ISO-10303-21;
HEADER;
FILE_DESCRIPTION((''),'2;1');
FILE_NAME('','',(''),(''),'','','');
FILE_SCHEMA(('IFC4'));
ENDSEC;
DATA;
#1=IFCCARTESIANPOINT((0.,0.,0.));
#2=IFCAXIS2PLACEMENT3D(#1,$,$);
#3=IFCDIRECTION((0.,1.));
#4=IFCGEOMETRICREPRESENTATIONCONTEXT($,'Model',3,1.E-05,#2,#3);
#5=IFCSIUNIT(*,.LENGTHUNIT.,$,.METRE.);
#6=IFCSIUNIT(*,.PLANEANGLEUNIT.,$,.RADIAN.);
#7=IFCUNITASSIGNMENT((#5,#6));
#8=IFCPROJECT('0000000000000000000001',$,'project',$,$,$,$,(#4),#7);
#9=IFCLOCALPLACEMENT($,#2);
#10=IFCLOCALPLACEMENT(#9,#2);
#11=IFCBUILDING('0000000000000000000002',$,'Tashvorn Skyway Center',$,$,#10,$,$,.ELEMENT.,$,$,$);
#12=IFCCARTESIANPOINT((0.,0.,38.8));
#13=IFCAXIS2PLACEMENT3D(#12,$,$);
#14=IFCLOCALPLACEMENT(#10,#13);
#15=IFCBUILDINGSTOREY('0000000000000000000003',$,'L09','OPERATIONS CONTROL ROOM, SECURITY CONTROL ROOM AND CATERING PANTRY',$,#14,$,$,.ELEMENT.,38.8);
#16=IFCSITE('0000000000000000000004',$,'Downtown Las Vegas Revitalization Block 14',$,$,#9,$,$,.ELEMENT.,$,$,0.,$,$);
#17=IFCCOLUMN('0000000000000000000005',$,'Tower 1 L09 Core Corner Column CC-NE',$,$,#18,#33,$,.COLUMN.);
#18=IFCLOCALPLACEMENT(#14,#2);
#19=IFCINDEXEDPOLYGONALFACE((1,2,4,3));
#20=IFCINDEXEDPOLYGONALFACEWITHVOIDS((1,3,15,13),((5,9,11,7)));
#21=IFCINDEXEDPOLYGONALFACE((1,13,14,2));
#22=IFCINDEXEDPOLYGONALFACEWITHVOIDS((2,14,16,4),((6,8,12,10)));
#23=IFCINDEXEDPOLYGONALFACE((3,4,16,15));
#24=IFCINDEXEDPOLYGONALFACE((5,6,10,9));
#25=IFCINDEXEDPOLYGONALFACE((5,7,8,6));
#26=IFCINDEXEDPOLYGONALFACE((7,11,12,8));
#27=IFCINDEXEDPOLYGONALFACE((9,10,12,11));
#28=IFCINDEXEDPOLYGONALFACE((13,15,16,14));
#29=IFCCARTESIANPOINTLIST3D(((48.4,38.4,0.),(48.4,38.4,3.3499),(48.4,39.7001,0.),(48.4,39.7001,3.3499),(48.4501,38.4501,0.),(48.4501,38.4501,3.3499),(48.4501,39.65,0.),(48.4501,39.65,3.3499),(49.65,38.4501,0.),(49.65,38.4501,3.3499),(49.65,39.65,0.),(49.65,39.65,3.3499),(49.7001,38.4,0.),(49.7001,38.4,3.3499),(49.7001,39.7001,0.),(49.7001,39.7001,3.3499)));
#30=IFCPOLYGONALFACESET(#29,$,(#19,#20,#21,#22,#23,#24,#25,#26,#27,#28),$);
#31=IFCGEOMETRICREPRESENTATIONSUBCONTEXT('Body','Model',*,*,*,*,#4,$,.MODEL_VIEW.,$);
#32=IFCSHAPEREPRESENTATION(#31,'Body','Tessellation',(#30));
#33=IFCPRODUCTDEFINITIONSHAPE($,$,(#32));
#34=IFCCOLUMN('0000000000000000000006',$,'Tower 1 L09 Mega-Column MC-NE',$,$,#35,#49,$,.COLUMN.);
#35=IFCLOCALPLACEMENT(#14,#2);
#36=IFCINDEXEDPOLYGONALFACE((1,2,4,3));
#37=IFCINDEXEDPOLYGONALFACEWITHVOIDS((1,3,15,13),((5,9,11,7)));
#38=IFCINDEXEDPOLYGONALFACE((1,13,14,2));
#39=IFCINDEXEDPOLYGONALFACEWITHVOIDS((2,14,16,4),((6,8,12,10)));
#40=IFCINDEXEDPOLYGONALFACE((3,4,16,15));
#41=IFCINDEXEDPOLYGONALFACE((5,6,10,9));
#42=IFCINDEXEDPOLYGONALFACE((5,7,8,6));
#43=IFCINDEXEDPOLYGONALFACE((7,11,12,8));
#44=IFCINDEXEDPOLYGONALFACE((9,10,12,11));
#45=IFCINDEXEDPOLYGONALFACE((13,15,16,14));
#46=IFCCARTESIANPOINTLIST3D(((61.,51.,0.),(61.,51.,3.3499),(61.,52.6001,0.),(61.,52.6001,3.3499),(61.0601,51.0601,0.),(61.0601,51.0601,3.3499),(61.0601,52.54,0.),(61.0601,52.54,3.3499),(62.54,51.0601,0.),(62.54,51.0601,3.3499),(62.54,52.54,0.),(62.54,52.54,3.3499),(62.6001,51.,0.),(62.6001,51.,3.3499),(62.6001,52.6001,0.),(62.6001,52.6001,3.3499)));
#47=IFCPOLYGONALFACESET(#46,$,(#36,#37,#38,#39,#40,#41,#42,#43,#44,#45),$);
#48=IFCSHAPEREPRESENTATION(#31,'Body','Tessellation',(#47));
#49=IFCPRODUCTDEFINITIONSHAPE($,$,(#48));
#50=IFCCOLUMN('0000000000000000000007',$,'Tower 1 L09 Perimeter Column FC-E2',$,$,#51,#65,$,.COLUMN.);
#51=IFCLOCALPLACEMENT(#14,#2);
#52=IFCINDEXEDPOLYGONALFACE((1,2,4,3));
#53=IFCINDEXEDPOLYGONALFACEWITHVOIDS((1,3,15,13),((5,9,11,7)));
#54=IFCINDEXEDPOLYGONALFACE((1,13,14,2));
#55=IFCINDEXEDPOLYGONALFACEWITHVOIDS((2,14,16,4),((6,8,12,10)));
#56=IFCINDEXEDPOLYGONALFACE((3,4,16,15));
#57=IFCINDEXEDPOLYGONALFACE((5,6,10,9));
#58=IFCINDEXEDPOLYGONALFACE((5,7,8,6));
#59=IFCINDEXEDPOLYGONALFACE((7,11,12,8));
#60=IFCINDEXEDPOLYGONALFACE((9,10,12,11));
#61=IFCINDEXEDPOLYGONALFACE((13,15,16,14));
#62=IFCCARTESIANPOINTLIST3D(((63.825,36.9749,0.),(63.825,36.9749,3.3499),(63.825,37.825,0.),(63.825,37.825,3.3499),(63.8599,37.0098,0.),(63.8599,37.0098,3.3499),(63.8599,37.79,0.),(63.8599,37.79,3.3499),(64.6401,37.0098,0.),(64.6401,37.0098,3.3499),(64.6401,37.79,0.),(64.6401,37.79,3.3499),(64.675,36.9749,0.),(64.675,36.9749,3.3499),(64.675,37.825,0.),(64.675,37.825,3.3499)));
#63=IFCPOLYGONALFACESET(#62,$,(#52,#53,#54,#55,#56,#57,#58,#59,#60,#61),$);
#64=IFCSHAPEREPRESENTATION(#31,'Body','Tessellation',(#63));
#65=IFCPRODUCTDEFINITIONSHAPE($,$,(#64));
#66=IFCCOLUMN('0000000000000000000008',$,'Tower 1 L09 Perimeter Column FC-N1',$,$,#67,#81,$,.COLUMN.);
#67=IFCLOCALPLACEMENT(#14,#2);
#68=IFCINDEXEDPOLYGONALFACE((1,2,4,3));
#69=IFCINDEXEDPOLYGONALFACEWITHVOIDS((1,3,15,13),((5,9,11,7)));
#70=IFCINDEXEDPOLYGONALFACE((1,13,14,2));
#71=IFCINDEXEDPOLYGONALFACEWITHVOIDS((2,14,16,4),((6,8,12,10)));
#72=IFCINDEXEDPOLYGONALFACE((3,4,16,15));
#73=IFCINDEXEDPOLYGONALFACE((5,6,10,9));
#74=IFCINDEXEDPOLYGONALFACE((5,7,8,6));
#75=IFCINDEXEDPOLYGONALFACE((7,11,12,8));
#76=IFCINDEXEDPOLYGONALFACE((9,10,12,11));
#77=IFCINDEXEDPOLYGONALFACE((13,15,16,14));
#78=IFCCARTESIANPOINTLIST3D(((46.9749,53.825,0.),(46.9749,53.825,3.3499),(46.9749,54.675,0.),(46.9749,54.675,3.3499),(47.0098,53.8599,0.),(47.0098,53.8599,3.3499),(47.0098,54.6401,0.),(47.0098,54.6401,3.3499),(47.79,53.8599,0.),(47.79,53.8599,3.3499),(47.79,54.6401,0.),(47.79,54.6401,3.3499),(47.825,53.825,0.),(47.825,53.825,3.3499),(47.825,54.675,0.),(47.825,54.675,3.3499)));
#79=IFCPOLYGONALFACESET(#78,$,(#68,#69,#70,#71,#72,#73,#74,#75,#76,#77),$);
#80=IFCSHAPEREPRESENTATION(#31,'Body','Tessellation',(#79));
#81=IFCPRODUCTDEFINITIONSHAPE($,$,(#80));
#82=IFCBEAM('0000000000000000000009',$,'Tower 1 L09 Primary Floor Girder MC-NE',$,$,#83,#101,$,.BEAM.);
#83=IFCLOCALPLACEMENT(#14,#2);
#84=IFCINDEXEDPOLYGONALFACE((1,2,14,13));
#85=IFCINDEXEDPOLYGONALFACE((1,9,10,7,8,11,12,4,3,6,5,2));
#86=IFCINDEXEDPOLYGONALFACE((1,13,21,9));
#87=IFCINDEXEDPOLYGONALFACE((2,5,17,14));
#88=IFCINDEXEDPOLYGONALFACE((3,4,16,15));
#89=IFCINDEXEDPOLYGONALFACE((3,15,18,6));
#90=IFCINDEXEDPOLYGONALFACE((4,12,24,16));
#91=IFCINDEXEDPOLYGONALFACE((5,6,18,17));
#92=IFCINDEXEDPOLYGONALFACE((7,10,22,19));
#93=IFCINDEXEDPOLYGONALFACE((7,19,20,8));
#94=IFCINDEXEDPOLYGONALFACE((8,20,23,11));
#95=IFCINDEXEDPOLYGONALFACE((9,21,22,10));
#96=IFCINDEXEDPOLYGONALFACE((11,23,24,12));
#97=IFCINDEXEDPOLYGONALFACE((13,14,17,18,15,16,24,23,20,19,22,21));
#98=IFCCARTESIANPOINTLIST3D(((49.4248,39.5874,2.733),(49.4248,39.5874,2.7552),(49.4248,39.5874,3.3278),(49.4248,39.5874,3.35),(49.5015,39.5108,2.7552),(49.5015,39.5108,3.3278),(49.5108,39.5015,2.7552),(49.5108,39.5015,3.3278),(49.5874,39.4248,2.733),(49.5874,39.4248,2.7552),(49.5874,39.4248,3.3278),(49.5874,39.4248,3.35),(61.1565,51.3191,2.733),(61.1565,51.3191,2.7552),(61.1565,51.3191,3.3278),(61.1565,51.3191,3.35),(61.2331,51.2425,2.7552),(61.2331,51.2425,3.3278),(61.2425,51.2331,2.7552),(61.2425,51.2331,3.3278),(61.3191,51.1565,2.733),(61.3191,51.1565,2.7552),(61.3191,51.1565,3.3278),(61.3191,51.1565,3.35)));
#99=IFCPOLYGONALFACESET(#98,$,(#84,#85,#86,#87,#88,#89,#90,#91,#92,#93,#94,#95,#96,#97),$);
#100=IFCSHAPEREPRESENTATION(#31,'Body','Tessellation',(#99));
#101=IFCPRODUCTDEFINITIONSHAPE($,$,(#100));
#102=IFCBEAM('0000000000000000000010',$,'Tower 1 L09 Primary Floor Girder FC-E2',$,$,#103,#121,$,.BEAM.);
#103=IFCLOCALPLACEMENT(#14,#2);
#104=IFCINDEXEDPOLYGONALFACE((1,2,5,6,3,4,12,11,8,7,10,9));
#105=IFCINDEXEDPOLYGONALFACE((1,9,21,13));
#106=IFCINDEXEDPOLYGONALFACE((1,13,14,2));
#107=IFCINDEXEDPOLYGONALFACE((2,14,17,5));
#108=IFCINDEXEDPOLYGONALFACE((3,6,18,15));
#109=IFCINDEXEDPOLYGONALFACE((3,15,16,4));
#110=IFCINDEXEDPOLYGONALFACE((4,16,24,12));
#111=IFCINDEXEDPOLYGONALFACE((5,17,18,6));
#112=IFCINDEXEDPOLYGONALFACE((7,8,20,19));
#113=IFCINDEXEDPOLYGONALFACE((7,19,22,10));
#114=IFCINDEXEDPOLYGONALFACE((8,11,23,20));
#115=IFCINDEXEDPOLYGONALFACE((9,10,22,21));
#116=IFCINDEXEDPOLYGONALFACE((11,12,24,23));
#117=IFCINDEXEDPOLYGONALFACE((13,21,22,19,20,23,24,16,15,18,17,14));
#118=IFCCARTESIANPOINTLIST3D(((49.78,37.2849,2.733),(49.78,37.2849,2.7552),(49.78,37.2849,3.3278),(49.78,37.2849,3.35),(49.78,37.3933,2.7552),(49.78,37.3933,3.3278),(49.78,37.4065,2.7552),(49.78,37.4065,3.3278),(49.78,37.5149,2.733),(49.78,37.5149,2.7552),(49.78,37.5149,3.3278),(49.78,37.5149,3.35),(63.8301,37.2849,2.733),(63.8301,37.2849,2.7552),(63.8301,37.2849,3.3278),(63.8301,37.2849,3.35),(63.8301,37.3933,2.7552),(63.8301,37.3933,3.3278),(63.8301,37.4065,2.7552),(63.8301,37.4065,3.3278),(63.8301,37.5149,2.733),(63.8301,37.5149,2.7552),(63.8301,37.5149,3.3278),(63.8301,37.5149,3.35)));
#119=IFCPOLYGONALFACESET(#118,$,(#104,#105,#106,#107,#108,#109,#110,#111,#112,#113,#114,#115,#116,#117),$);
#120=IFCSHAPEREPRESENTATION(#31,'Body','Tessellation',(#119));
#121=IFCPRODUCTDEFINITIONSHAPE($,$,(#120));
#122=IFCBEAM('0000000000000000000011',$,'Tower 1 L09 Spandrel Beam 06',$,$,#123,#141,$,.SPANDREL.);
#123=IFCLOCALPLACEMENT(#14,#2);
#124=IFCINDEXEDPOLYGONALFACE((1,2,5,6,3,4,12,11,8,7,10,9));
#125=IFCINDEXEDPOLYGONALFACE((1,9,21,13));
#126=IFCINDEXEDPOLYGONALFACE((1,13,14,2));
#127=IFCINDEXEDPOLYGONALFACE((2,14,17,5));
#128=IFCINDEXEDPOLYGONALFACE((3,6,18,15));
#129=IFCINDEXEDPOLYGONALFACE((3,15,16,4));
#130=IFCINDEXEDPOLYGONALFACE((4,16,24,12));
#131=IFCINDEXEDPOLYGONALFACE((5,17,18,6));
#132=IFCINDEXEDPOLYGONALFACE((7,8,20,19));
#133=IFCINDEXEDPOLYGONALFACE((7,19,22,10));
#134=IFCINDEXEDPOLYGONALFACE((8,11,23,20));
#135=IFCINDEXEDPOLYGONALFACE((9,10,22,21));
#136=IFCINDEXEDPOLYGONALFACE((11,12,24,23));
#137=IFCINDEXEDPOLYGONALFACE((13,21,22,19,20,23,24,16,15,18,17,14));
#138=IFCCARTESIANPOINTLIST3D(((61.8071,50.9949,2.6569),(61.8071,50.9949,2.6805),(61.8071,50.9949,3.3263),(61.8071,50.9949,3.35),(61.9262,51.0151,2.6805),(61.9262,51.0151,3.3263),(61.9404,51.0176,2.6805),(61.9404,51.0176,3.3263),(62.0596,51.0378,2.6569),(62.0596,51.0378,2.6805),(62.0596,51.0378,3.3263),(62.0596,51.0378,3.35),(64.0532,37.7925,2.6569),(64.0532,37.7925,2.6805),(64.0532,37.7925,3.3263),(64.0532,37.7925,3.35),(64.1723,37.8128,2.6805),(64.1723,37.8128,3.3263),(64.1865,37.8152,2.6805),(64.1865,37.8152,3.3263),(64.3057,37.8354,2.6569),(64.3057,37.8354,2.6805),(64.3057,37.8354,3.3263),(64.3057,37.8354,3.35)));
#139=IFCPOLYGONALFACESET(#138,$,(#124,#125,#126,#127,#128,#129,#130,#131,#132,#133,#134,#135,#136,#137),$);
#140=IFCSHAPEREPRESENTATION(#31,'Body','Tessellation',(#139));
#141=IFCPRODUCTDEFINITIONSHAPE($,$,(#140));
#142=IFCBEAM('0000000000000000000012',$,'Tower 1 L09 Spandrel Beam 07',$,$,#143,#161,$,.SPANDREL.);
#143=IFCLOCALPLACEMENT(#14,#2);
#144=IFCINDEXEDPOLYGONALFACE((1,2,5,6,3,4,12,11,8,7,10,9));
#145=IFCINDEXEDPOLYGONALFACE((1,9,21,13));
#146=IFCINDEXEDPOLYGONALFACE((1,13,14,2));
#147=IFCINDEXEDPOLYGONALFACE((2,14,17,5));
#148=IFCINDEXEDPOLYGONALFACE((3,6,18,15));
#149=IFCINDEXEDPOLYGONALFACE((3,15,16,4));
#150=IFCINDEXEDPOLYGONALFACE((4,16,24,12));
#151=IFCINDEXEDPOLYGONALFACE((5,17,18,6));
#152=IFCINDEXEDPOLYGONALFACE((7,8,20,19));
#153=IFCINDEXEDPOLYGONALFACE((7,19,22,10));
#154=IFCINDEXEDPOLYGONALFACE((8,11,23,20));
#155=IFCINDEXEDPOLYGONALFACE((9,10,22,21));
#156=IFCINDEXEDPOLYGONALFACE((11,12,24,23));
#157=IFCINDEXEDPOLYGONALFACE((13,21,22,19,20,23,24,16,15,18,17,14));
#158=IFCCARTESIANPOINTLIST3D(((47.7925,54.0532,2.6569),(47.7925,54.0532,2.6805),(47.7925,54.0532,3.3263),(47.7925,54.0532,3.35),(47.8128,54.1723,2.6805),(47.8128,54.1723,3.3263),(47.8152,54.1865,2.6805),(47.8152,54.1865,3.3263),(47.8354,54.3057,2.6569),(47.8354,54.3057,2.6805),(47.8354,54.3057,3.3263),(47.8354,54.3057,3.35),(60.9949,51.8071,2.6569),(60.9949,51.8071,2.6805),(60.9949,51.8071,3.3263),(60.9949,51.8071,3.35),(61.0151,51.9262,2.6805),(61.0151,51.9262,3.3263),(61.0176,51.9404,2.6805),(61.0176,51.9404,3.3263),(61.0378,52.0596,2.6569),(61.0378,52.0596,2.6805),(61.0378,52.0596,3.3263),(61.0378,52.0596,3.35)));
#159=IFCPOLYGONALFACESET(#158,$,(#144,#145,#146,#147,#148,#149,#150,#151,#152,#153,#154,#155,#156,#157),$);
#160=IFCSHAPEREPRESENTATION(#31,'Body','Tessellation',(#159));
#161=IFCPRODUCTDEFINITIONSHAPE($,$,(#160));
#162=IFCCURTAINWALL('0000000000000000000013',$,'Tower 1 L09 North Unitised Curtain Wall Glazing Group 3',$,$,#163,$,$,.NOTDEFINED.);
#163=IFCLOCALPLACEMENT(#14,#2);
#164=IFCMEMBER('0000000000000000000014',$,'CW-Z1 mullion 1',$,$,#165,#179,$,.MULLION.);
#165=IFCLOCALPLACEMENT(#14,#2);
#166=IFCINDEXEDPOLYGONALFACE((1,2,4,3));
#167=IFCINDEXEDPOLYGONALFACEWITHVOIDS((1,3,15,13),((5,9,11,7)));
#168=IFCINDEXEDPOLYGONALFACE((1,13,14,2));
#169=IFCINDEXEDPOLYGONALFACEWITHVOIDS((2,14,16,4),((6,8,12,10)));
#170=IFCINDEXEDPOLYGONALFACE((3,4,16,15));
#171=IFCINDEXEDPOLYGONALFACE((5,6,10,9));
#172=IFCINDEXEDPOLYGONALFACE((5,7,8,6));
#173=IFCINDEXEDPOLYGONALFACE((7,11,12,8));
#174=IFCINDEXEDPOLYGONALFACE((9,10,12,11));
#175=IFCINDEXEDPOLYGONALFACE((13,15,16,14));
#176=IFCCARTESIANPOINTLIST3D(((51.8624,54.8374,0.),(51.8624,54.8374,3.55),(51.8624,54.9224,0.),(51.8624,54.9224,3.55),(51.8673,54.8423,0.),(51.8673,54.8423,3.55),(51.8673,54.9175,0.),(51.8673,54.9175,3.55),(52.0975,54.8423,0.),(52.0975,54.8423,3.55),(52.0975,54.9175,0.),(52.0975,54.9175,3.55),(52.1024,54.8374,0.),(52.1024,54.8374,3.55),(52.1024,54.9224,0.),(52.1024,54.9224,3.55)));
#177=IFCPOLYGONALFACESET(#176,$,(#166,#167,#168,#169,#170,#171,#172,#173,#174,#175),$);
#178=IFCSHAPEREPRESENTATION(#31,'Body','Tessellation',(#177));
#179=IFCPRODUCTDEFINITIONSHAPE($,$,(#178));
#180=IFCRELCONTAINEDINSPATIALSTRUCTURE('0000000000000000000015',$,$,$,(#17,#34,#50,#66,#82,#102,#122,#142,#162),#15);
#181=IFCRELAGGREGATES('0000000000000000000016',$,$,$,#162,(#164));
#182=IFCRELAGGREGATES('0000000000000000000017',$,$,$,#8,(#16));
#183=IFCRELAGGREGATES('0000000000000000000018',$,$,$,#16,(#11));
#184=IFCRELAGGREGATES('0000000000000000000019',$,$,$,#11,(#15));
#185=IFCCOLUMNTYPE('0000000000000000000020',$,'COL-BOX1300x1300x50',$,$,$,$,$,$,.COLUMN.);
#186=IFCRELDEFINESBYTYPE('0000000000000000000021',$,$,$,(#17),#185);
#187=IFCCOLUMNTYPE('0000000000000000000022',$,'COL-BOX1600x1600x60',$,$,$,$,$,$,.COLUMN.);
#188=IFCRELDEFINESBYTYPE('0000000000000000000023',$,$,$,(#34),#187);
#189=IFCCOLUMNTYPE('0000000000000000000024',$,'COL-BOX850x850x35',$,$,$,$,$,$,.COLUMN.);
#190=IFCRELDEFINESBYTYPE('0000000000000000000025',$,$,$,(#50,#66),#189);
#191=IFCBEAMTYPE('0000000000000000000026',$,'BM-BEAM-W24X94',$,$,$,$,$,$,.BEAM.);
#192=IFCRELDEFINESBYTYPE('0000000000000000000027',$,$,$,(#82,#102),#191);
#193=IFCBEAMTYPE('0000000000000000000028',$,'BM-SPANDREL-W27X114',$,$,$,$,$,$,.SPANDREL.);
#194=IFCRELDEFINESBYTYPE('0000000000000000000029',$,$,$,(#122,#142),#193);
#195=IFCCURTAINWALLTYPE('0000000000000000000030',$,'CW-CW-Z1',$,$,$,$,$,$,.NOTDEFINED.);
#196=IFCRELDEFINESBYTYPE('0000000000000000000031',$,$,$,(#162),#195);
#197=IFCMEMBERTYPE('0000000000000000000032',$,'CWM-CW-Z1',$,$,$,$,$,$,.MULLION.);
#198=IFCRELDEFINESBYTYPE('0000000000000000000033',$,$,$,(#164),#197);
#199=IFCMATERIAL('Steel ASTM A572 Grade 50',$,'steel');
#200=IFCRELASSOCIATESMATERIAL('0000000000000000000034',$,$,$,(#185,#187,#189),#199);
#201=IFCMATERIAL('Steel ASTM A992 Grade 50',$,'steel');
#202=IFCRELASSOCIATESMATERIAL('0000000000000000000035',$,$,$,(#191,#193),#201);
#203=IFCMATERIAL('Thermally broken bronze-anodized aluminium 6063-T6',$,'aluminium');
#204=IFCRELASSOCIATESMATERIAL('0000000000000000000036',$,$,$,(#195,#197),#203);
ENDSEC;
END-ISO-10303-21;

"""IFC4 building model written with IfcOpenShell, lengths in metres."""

from ifc_helpers import new_model, si_unit, direction, frame, origin, origin_2d, place, context, subcontext, project, spatial, hollow_rectangle, i_section, extrude, material, material_profile, profile_set, type_object, element, aggregate, save


model = new_model("IFC4")

# Units and contexts
model_context = context("Model", 3, precision=1e-05, world=origin(), true_north=direction((0.0, 1.0)))
body_context = subcontext(model_context, "Body", "Model", "MODEL_VIEW")
ifc_project = project(units=[si_unit("LENGTHUNIT", "METRE"), si_unit("PLANEANGLEUNIT", "RADIAN")], contexts=[model_context])

# Site, building, storey
site_placement = place(None, origin())
site = spatial("IfcSite", under=ifc_project, at=site_placement, Name="Downtown Las Vegas Revitalization Block 14", CompositionType="ELEMENT", RefElevation=0.0)
building_placement = place(site_placement, origin())
building = spatial("IfcBuilding", under=site, at=building_placement, Name="Tashvorn Skyway Center", CompositionType="ELEMENT")
storey_placement = place(building_placement, frame((0.0, 0.0, 38.8)))
storey = spatial("IfcBuildingStorey", under=building, at=storey_placement, Name="L09", Description="OPERATIONS CONTROL ROOM, SECURITY CONTROL ROOM AND CATERING PANTRY", CompositionType="ELEMENT", Elevation=38.8)

# Columns
ifc_material_1 = material(Name="Steel ASTM A572 Grade 50", Category="steel")
ifc_material_profile_1 = material_profile(ifc_material_1, hollow_rectangle(XDim=1.3, YDim=1.3, WallThickness=0.05, at=origin_2d()), Name="BOX1300x1300x50")
ifc_profile_set_1 = profile_set([ifc_material_profile_1], Name="Steel ASTM A572 Grade 50")
column_type_1 = type_object("IfcColumnType", Name="COL-BOX1300x1300x50", PredefinedType="COLUMN", material=ifc_profile_set_1)
column_1_placement = place(storey_placement, frame((49.05, 39.05, 0.0), z_axis=(0.0, 0.0, 1.0), x_axis=(1.0, 0.0, 0.0)))
element("IfcColumn", 1, at=column_1_placement, inside=storey, type_object=column_type_1, Name="Tower 1 L09 Core Corner Column CC-NE", PredefinedType="COLUMN", context=body_context, shape_type="SweptSolid", body=[
    extrude(hollow_rectangle(XDim=1.3, YDim=1.3, WallThickness=0.05, at=origin_2d()), origin(), (0.0, 0.0, 1.0), 3.3499),
])
ifc_material_profile_2 = material_profile(ifc_material_1, hollow_rectangle(XDim=1.6001, YDim=1.6001, WallThickness=0.0601, at=origin_2d()), Name="BOX1600x1600x60")
ifc_profile_set_2 = profile_set([ifc_material_profile_2], Name="Steel ASTM A572 Grade 50")
column_type_2 = type_object("IfcColumnType", Name="COL-BOX1600x1600x60", PredefinedType="COLUMN", material=ifc_profile_set_2)
column_2_placement = place(storey_placement, frame((61.8, 51.8, 0.0), z_axis=(0.0, 0.0, 1.0), x_axis=(1.0, 0.0, 0.0)))
element("IfcColumn", 2, at=column_2_placement, inside=storey, type_object=column_type_2, Name="Tower 1 L09 Mega-Column MC-NE", PredefinedType="COLUMN", context=body_context, shape_type="SweptSolid", body=[
    extrude(hollow_rectangle(XDim=1.6001, YDim=1.6001, WallThickness=0.0601, at=origin_2d()), origin(), (0.0, 0.0, 1.0), 3.3499),
])
ifc_material_profile_3 = material_profile(ifc_material_1, hollow_rectangle(XDim=0.8501, YDim=0.8501, WallThickness=0.0349, at=origin_2d()), Name="BOX850x850x35")
ifc_profile_set_3 = profile_set([ifc_material_profile_3], Name="Steel ASTM A572 Grade 50")
column_type_3 = type_object("IfcColumnType", Name="COL-BOX850x850x35", PredefinedType="COLUMN", material=ifc_profile_set_3)
for number, where, z_axis, x_axis, name in (
    (3, (64.25, 37.3999, 0.0), (0.0, 0.0, 1.0), (1.0, 0.0, 0.0), "Tower 1 L09 Perimeter Column FC-E2"),
    (4, (47.3999, 54.25, 0.0), (0.0, 0.0, 1.0), (1.0, 0.0, 0.0), "Tower 1 L09 Perimeter Column FC-N1"),
):
    element("IfcColumn", number, at=place(storey_placement, frame(where, z_axis=z_axis, x_axis=x_axis)), inside=storey, type_object=column_type_3, Name=name, PredefinedType="COLUMN", context=body_context, shape_type="SweptSolid", body=[
        extrude(hollow_rectangle(XDim=0.8501, YDim=0.8501, WallThickness=0.0349, at=origin_2d()), origin(), (0.0, 0.0, 1.0), 3.3499),
    ])

# Beams
ifc_material_2 = material(Name="Steel ASTM A992 Grade 50", Category="steel")
ifc_material_profile_4 = material_profile(ifc_material_2, i_section(OverallWidth=0.23, OverallDepth=0.6169, WebThickness=0.0132, FlangeThickness=0.0222, at=origin_2d()), Name="W24X94")
ifc_profile_set_4 = profile_set([ifc_material_profile_4], Name="Steel ASTM A992 Grade 50")
beam_type_1 = type_object("IfcBeamType", Name="BM-BEAM-W24X94", PredefinedType="BEAM", material=ifc_profile_set_4)
beam_1_placement = place(storey_placement, frame((61.2378, 51.2378, 3.0415), z_axis=(-0.707107, -0.707107, 0.0), x_axis=(0.707107, -0.707107, 0.0)))
element("IfcBeam", 5, at=beam_1_placement, inside=storey, type_object=beam_type_1, Name="Tower 1 L09 Primary Floor Girder MC-NE", PredefinedType="BEAM", context=body_context, shape_type="SweptSolid", body=[
    extrude(i_section(OverallWidth=0.23, OverallDepth=0.6169, WebThickness=0.0132, FlangeThickness=0.0222, at=origin_2d()), origin(), (0.0, 0.0, 1.0), 16.5911),
])
beam_2_placement = place(storey_placement, frame((63.8301, 37.3999, 3.0415), z_axis=(-1.0, 0.0, 0.0), x_axis=(0.0, -1.0, 0.0)))
element("IfcBeam", 6, at=beam_2_placement, inside=storey, type_object=beam_type_1, Name="Tower 1 L09 Primary Floor Girder FC-E2", PredefinedType="BEAM", context=body_context, shape_type="SweptSolid", body=[
    extrude(i_section(OverallWidth=0.23, OverallDepth=0.6169, WebThickness=0.0132, FlangeThickness=0.0222, at=origin_2d()), origin(), (0.0, 0.0, 1.0), 14.05),
])
ifc_material_profile_5 = material_profile(ifc_material_2, i_section(OverallWidth=0.2561, OverallDepth=0.6931, WebThickness=0.0144, FlangeThickness=0.0237, at=origin_2d()), Name="W27X114")
ifc_profile_set_5 = profile_set([ifc_material_profile_5], Name="Steel ASTM A992 Grade 50")
beam_type_2 = type_object("IfcBeamType", Name="BM-SPANDREL-W27X114", PredefinedType="SPANDREL", material=ifc_profile_set_5)
for number, where, z_axis, x_axis, name in (
    (7, (64.1794, 37.814, 3.0034), (-0.167718, 0.985835, 0.0), (-0.985835, -0.167718, 0.0), "Tower 1 L09 Spandrel Beam 06"),
    (8, (61.0164, 51.9333, 3.0034), (-0.985835, 0.167718, 0.0), (-0.167718, -0.985835, 0.0), "Tower 1 L09 Spandrel Beam 07"),
):
    element("IfcBeam", number, at=place(storey_placement, frame(where, z_axis=z_axis, x_axis=x_axis)), inside=storey, type_object=beam_type_2, Name=name, PredefinedType="SPANDREL", context=body_context, shape_type="SweptSolid", body=[
        extrude(i_section(OverallWidth=0.2561, OverallDepth=0.6931, WebThickness=0.0144, FlangeThickness=0.0237, at=origin_2d()), origin(), (0.0, 0.0, 1.0), 13.3921),
    ])

# Curtain wall, member
ifc_material_3 = material(Name="Thermally broken bronze-anodized aluminium 6063-T6", Category="aluminium")
curtain_wall_type = type_object("IfcCurtainWallType", Name="CW-CW-Z1", PredefinedType="NOTDEFINED", material=ifc_material_3)
curtain_wall_1_placement = place(storey_placement, origin())
curtain_wall_1 = element("IfcCurtainWall", 9, at=curtain_wall_1_placement, inside=storey, type_object=curtain_wall_type, Name="Tower 1 L09 North Unitised Curtain Wall Glazing Group 3", PredefinedType="NOTDEFINED")
ifc_material_profile_6 = material_profile(ifc_material_3, hollow_rectangle(XDim=0.085, YDim=0.24, WallThickness=0.0049, at=origin_2d()), Name="ALU-MULL-85x240")
ifc_profile_set_6 = profile_set([ifc_material_profile_6], Name="Thermally broken bronze-anodized aluminium 6063-T6")
member_type_1 = type_object("IfcMemberType", Name="CWM-CW-Z1", PredefinedType="MULLION", material=ifc_profile_set_6)
member_1_placement = place(storey_placement, frame((51.9824, 54.8799, 0.0), z_axis=(0.0, 0.0, 1.0), x_axis=(0.0, 1.0, 0.0)))
member_1 = element("IfcMember", 10, at=member_1_placement, type_object=member_type_1, Name="CW-Z1 mullion 1", PredefinedType="MULLION", context=body_context, shape_type="SweptSolid", body=[
    extrude(hollow_rectangle(XDim=0.085, YDim=0.24, WallThickness=0.0049, at=origin_2d()), origin(), (0.0, 0.0, 1.0), 3.55),
])

aggregate(curtain_wall_1, [member_1])

save(model, "model.ifc")
